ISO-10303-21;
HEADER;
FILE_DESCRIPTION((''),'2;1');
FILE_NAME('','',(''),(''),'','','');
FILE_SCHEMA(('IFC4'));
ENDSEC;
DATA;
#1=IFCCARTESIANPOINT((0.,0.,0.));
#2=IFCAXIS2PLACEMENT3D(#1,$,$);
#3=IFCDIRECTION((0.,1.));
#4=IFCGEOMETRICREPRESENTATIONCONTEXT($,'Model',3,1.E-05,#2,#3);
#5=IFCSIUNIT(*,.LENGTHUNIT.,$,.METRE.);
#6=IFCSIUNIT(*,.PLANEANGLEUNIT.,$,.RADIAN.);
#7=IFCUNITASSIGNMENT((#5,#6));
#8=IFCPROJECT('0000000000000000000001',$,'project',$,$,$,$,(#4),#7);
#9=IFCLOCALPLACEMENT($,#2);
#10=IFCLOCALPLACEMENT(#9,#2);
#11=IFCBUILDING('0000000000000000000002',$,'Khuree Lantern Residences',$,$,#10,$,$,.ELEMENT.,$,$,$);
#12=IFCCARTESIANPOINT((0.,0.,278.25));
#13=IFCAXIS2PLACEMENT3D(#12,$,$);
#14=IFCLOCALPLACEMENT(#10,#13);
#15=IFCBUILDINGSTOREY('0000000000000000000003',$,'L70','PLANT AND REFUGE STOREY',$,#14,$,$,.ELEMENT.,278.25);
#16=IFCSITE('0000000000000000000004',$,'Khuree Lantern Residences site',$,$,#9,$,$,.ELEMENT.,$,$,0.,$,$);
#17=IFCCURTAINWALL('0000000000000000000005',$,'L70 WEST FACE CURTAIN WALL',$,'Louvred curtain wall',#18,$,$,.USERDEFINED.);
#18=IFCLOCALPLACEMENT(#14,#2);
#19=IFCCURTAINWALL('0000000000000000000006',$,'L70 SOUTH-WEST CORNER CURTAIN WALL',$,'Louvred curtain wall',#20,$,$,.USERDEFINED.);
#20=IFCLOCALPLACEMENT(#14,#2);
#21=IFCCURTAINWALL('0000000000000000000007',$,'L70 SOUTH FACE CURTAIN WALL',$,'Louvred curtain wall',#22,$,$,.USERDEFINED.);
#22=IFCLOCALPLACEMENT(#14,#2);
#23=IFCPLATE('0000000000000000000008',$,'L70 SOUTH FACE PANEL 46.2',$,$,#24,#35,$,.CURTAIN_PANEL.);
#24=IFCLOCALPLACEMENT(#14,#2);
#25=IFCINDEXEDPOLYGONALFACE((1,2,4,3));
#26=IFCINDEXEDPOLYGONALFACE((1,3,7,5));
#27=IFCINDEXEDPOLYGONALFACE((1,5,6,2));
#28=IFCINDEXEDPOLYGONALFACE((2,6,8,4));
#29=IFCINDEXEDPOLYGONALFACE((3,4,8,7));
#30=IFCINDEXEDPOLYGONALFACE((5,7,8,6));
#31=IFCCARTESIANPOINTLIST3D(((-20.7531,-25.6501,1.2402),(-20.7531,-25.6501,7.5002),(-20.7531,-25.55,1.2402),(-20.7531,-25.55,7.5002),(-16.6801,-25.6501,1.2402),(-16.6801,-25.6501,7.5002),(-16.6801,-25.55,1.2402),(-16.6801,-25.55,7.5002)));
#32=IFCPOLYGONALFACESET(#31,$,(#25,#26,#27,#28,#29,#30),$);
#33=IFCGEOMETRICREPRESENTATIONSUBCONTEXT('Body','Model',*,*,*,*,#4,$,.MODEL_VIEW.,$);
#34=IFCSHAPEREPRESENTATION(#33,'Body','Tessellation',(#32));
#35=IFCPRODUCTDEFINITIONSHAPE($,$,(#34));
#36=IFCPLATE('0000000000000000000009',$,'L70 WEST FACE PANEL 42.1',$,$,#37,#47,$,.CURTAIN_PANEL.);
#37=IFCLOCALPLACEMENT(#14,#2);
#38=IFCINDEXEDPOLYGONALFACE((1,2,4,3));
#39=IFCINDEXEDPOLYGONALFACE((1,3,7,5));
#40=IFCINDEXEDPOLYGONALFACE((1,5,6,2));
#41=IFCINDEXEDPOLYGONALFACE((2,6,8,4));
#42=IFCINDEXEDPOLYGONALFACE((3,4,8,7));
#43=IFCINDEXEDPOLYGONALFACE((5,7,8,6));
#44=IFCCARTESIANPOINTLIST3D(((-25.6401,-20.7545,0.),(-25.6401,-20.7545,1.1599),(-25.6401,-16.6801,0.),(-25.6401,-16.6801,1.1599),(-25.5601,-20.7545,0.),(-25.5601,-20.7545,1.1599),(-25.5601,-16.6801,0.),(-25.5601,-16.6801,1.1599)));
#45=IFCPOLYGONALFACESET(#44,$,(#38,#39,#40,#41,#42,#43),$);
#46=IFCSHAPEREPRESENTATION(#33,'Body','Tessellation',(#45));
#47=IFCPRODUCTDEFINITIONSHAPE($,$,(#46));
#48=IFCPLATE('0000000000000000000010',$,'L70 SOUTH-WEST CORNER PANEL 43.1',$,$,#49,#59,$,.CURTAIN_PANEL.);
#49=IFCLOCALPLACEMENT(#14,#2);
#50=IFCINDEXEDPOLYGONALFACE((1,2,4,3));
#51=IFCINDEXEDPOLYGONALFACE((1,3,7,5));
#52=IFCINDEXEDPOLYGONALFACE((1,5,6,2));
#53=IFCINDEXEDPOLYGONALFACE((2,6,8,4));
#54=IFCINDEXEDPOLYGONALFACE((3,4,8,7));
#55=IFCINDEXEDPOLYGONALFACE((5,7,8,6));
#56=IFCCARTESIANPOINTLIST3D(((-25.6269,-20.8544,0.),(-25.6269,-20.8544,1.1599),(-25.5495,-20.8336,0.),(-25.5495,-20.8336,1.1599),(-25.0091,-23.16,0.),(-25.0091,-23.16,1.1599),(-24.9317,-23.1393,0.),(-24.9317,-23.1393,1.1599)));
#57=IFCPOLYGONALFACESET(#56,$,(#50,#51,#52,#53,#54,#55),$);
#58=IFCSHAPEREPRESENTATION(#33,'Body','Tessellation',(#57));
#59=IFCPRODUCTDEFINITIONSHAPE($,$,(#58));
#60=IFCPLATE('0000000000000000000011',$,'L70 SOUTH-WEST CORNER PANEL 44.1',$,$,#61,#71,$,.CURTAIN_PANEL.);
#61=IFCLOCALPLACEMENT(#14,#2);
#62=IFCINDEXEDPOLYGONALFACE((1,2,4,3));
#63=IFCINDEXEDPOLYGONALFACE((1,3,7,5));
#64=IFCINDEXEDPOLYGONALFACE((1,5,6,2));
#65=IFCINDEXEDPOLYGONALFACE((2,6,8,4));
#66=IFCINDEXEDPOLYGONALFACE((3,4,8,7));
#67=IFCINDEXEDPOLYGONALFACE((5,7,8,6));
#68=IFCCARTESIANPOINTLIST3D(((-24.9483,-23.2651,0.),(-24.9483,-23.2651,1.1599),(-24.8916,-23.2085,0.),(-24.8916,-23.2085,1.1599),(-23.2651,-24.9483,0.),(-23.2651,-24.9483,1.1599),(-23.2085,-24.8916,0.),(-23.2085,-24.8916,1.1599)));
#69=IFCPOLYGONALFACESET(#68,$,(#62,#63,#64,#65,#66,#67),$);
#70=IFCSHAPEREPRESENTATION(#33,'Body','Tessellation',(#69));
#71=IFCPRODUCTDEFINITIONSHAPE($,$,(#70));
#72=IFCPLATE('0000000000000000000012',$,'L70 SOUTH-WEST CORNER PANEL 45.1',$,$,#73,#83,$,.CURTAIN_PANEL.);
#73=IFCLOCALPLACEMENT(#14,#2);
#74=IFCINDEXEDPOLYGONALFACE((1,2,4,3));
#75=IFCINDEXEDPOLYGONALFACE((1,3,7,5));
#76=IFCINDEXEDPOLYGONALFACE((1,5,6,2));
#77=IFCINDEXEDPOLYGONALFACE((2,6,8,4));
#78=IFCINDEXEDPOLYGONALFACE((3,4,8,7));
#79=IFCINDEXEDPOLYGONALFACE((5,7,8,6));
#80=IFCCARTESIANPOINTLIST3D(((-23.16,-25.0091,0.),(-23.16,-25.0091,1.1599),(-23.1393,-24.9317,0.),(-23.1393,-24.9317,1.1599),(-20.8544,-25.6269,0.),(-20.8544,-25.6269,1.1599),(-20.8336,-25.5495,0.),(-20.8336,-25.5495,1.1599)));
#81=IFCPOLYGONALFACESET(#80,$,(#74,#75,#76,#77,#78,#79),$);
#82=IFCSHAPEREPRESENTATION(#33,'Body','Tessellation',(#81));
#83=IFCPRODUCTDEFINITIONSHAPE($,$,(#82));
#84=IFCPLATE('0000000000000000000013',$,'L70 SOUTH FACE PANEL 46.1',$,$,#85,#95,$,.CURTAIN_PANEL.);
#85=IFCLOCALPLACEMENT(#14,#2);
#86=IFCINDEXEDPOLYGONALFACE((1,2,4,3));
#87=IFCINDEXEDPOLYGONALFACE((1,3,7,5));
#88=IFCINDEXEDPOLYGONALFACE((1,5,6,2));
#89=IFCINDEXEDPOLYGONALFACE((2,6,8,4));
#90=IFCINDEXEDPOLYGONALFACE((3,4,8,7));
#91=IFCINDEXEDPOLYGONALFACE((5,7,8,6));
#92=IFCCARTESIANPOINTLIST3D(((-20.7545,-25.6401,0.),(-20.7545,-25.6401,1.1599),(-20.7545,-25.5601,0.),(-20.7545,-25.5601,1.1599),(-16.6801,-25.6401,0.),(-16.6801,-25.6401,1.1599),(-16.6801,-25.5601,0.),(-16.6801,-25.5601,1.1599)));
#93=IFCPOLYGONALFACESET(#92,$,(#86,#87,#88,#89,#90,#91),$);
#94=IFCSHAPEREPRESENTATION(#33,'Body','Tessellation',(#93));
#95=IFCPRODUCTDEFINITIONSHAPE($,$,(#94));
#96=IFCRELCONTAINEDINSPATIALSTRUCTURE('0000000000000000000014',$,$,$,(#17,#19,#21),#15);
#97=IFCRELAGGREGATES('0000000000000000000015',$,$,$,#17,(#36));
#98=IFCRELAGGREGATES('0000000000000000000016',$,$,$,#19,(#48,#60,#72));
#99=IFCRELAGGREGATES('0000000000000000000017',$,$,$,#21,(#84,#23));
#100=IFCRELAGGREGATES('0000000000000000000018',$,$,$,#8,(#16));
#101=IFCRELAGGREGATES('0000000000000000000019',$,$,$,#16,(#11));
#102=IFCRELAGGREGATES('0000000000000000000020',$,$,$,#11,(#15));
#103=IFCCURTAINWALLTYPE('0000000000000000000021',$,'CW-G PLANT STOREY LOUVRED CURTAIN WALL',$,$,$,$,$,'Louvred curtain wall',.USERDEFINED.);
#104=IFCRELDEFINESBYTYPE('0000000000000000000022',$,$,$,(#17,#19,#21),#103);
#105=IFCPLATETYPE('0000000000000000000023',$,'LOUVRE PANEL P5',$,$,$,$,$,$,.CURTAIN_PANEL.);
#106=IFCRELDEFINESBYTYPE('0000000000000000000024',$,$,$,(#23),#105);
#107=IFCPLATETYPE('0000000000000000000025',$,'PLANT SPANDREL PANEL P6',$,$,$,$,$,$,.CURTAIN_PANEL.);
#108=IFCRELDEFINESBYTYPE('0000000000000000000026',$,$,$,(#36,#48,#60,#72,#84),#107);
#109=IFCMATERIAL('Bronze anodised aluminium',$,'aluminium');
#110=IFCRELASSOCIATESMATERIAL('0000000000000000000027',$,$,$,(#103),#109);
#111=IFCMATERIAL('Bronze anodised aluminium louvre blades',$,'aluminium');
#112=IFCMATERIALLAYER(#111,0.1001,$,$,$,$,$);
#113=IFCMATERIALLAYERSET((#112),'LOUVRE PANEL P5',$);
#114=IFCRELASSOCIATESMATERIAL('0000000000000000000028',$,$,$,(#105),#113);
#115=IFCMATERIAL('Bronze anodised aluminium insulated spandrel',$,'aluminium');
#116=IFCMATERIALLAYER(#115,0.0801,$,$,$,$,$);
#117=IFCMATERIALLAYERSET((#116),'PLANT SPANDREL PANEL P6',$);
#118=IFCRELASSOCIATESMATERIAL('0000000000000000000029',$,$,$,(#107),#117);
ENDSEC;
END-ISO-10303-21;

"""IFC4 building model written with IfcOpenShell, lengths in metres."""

from ifc_helpers import new_model, si_unit, direction, frame, origin, origin_2d, place, context, subcontext, project, spatial, rectangle, extrude, material, layer, layer_set, type_object, element, aggregate, save


model = new_model("IFC4")

# Units and contexts
model_context = context("Model", 3, precision=1e-05, world=origin(), true_north=direction((0.0, 1.0)))
body_context = subcontext(model_context, "Body", "Model", "MODEL_VIEW")
ifc_project = project(units=[si_unit("LENGTHUNIT", "METRE"), si_unit("PLANEANGLEUNIT", "RADIAN")], contexts=[model_context])

# Site, building, storey
site_placement = place(None, origin())
site = spatial("IfcSite", under=ifc_project, at=site_placement, Name="Khuree Lantern Residences site", CompositionType="ELEMENT", RefElevation=0.0)
building_placement = place(site_placement, origin())
building = spatial("IfcBuilding", under=site, at=building_placement, Name="Khuree Lantern Residences", CompositionType="ELEMENT")
storey_placement = place(building_placement, frame((0.0, 0.0, 278.25)))
storey = spatial("IfcBuildingStorey", under=building, at=storey_placement, Name="L70", Description="PLANT AND REFUGE STOREY", CompositionType="ELEMENT", Elevation=278.25)

# Curtain wall
ifc_material_1 = material(Name="Bronze anodised aluminium", Category="aluminium")
curtain_wall_type = type_object("IfcCurtainWallType", Name="CW-G PLANT STOREY LOUVRED CURTAIN WALL", ElementType="Louvred curtain wall", PredefinedType="USERDEFINED", material=ifc_material_1)
curtain_wall_1_placement = place(storey_placement, origin())
curtain_wall_1 = element("IfcCurtainWall", 1, at=curtain_wall_1_placement, inside=storey, type_object=curtain_wall_type, Name="L70 WEST FACE CURTAIN WALL", ObjectType="Louvred curtain wall", PredefinedType="USERDEFINED")

# Curtain walls
curtain_wall_2_placement = place(storey_placement, origin())
curtain_wall_2 = element("IfcCurtainWall", 2, at=curtain_wall_2_placement, inside=storey, type_object=curtain_wall_type, Name="L70 SOUTH-WEST CORNER CURTAIN WALL", ObjectType="Louvred curtain wall", PredefinedType="USERDEFINED")
curtain_wall_3_placement = place(storey_placement, origin())
curtain_wall_3 = element("IfcCurtainWall", 3, at=curtain_wall_3_placement, inside=storey, type_object=curtain_wall_type, Name="L70 SOUTH FACE CURTAIN WALL", ObjectType="Louvred curtain wall", PredefinedType="USERDEFINED")

# Plates
ifc_material_2 = material(Name="Bronze anodised aluminium louvre blades", Category="aluminium")
ifc_layer_1 = layer(ifc_material_2, 0.1001)
ifc_layer_set_1 = layer_set([ifc_layer_1], Name="LOUVRE PANEL P5")
plate_type_1 = type_object("IfcPlateType", Name="LOUVRE PANEL P5", PredefinedType="CURTAIN_PANEL", material=ifc_layer_set_1)
plate_1_placement = place(storey_placement, frame((-18.7166, -25.6001, 1.2402), z_axis=(0.0, 0.0, 1.0), x_axis=(1.0, 0.0, 0.0)))
plate_1 = element("IfcPlate", 4, at=plate_1_placement, type_object=plate_type_1, Name="L70 SOUTH FACE PANEL 46.2", PredefinedType="CURTAIN_PANEL", context=body_context, shape_type="SweptSolid", body=[
    extrude(rectangle(XDim=4.073, YDim=0.1001, at=origin_2d()), origin(), (0.0, 0.0, 1.0), 6.26),
])
ifc_material_3 = material(Name="Bronze anodised aluminium insulated spandrel", Category="aluminium")
ifc_layer_2 = layer(ifc_material_3, 0.0801)
ifc_layer_set_2 = layer_set([ifc_layer_2], Name="PLANT SPANDREL PANEL P6")
plate_type_2 = type_object("IfcPlateType", Name="PLANT SPANDREL PANEL P6", PredefinedType="CURTAIN_PANEL", material=ifc_layer_set_2)
plate_2_placement = place(storey_placement, frame((-25.6001, -18.7173, 0.0), z_axis=(0.0, 0.0, 1.0), x_axis=(0.0, -1.0, 0.0)))
plate_2 = element("IfcPlate", 5, at=plate_2_placement, type_object=plate_type_2, Name="L70 WEST FACE PANEL 42.1", PredefinedType="CURTAIN_PANEL", context=body_context, shape_type="SweptSolid", body=[
    extrude(rectangle(XDim=4.0745, YDim=0.0801, at=origin_2d()), origin(), (0.0, 0.0, 1.0), 1.1599),
])
aggregate(curtain_wall_1, [plate_2])
plate_3_placement = place(storey_placement, frame((-25.2793, -21.9968, 0.0), z_axis=(0.0, 0.0, 1.0), x_axis=(0.258819, -0.965926, 0.0)))
plate_3 = element("IfcPlate", 6, at=plate_3_placement, type_object=plate_type_2, Name="L70 SOUTH-WEST CORNER PANEL 43.1", PredefinedType="CURTAIN_PANEL", context=body_context, shape_type="SweptSolid", body=[
    extrude(rectangle(XDim=2.387, YDim=0.0801, at=origin_2d()), origin(), (0.0, 0.0, 1.0), 1.1599),
])
plate_4_placement = place(storey_placement, frame((-24.0784, -24.0784, 0.0), z_axis=(0.0, 0.0, 1.0), x_axis=(0.707107, -0.707107, 0.0)))
plate_4 = element("IfcPlate", 7, at=plate_4_placement, type_object=plate_type_2, Name="L70 SOUTH-WEST CORNER PANEL 44.1", PredefinedType="CURTAIN_PANEL", context=body_context, shape_type="SweptSolid", body=[
    extrude(rectangle(XDim=2.3804, YDim=0.0801, at=origin_2d()), origin(), (0.0, 0.0, 1.0), 1.1599),
])
plate_5_placement = place(storey_placement, frame((-21.9968, -25.2793, 0.0), z_axis=(0.0, 0.0, 1.0), x_axis=(0.965926, -0.258819, 0.0)))
plate_5 = element("IfcPlate", 8, at=plate_5_placement, type_object=plate_type_2, Name="L70 SOUTH-WEST CORNER PANEL 45.1", PredefinedType="CURTAIN_PANEL", context=body_context, shape_type="SweptSolid", body=[
    extrude(rectangle(XDim=2.387, YDim=0.0801, at=origin_2d()), origin(), (0.0, 0.0, 1.0), 1.1599),
])
aggregate(curtain_wall_2, [plate_3, plate_4, plate_5])
plate_6_placement = place(storey_placement, frame((-18.7173, -25.6001, 0.0), z_axis=(0.0, 0.0, 1.0), x_axis=(1.0, 0.0, 0.0)))
plate_6 = element("IfcPlate", 9, at=plate_6_placement, type_object=plate_type_2, Name="L70 SOUTH FACE PANEL 46.1", PredefinedType="CURTAIN_PANEL", context=body_context, shape_type="SweptSolid", body=[
    extrude(rectangle(XDim=4.0745, YDim=0.0801, at=origin_2d()), origin(), (0.0, 0.0, 1.0), 1.1599),
])
aggregate(curtain_wall_3, [plate_6, plate_1])

save(model, "model.ifc")
